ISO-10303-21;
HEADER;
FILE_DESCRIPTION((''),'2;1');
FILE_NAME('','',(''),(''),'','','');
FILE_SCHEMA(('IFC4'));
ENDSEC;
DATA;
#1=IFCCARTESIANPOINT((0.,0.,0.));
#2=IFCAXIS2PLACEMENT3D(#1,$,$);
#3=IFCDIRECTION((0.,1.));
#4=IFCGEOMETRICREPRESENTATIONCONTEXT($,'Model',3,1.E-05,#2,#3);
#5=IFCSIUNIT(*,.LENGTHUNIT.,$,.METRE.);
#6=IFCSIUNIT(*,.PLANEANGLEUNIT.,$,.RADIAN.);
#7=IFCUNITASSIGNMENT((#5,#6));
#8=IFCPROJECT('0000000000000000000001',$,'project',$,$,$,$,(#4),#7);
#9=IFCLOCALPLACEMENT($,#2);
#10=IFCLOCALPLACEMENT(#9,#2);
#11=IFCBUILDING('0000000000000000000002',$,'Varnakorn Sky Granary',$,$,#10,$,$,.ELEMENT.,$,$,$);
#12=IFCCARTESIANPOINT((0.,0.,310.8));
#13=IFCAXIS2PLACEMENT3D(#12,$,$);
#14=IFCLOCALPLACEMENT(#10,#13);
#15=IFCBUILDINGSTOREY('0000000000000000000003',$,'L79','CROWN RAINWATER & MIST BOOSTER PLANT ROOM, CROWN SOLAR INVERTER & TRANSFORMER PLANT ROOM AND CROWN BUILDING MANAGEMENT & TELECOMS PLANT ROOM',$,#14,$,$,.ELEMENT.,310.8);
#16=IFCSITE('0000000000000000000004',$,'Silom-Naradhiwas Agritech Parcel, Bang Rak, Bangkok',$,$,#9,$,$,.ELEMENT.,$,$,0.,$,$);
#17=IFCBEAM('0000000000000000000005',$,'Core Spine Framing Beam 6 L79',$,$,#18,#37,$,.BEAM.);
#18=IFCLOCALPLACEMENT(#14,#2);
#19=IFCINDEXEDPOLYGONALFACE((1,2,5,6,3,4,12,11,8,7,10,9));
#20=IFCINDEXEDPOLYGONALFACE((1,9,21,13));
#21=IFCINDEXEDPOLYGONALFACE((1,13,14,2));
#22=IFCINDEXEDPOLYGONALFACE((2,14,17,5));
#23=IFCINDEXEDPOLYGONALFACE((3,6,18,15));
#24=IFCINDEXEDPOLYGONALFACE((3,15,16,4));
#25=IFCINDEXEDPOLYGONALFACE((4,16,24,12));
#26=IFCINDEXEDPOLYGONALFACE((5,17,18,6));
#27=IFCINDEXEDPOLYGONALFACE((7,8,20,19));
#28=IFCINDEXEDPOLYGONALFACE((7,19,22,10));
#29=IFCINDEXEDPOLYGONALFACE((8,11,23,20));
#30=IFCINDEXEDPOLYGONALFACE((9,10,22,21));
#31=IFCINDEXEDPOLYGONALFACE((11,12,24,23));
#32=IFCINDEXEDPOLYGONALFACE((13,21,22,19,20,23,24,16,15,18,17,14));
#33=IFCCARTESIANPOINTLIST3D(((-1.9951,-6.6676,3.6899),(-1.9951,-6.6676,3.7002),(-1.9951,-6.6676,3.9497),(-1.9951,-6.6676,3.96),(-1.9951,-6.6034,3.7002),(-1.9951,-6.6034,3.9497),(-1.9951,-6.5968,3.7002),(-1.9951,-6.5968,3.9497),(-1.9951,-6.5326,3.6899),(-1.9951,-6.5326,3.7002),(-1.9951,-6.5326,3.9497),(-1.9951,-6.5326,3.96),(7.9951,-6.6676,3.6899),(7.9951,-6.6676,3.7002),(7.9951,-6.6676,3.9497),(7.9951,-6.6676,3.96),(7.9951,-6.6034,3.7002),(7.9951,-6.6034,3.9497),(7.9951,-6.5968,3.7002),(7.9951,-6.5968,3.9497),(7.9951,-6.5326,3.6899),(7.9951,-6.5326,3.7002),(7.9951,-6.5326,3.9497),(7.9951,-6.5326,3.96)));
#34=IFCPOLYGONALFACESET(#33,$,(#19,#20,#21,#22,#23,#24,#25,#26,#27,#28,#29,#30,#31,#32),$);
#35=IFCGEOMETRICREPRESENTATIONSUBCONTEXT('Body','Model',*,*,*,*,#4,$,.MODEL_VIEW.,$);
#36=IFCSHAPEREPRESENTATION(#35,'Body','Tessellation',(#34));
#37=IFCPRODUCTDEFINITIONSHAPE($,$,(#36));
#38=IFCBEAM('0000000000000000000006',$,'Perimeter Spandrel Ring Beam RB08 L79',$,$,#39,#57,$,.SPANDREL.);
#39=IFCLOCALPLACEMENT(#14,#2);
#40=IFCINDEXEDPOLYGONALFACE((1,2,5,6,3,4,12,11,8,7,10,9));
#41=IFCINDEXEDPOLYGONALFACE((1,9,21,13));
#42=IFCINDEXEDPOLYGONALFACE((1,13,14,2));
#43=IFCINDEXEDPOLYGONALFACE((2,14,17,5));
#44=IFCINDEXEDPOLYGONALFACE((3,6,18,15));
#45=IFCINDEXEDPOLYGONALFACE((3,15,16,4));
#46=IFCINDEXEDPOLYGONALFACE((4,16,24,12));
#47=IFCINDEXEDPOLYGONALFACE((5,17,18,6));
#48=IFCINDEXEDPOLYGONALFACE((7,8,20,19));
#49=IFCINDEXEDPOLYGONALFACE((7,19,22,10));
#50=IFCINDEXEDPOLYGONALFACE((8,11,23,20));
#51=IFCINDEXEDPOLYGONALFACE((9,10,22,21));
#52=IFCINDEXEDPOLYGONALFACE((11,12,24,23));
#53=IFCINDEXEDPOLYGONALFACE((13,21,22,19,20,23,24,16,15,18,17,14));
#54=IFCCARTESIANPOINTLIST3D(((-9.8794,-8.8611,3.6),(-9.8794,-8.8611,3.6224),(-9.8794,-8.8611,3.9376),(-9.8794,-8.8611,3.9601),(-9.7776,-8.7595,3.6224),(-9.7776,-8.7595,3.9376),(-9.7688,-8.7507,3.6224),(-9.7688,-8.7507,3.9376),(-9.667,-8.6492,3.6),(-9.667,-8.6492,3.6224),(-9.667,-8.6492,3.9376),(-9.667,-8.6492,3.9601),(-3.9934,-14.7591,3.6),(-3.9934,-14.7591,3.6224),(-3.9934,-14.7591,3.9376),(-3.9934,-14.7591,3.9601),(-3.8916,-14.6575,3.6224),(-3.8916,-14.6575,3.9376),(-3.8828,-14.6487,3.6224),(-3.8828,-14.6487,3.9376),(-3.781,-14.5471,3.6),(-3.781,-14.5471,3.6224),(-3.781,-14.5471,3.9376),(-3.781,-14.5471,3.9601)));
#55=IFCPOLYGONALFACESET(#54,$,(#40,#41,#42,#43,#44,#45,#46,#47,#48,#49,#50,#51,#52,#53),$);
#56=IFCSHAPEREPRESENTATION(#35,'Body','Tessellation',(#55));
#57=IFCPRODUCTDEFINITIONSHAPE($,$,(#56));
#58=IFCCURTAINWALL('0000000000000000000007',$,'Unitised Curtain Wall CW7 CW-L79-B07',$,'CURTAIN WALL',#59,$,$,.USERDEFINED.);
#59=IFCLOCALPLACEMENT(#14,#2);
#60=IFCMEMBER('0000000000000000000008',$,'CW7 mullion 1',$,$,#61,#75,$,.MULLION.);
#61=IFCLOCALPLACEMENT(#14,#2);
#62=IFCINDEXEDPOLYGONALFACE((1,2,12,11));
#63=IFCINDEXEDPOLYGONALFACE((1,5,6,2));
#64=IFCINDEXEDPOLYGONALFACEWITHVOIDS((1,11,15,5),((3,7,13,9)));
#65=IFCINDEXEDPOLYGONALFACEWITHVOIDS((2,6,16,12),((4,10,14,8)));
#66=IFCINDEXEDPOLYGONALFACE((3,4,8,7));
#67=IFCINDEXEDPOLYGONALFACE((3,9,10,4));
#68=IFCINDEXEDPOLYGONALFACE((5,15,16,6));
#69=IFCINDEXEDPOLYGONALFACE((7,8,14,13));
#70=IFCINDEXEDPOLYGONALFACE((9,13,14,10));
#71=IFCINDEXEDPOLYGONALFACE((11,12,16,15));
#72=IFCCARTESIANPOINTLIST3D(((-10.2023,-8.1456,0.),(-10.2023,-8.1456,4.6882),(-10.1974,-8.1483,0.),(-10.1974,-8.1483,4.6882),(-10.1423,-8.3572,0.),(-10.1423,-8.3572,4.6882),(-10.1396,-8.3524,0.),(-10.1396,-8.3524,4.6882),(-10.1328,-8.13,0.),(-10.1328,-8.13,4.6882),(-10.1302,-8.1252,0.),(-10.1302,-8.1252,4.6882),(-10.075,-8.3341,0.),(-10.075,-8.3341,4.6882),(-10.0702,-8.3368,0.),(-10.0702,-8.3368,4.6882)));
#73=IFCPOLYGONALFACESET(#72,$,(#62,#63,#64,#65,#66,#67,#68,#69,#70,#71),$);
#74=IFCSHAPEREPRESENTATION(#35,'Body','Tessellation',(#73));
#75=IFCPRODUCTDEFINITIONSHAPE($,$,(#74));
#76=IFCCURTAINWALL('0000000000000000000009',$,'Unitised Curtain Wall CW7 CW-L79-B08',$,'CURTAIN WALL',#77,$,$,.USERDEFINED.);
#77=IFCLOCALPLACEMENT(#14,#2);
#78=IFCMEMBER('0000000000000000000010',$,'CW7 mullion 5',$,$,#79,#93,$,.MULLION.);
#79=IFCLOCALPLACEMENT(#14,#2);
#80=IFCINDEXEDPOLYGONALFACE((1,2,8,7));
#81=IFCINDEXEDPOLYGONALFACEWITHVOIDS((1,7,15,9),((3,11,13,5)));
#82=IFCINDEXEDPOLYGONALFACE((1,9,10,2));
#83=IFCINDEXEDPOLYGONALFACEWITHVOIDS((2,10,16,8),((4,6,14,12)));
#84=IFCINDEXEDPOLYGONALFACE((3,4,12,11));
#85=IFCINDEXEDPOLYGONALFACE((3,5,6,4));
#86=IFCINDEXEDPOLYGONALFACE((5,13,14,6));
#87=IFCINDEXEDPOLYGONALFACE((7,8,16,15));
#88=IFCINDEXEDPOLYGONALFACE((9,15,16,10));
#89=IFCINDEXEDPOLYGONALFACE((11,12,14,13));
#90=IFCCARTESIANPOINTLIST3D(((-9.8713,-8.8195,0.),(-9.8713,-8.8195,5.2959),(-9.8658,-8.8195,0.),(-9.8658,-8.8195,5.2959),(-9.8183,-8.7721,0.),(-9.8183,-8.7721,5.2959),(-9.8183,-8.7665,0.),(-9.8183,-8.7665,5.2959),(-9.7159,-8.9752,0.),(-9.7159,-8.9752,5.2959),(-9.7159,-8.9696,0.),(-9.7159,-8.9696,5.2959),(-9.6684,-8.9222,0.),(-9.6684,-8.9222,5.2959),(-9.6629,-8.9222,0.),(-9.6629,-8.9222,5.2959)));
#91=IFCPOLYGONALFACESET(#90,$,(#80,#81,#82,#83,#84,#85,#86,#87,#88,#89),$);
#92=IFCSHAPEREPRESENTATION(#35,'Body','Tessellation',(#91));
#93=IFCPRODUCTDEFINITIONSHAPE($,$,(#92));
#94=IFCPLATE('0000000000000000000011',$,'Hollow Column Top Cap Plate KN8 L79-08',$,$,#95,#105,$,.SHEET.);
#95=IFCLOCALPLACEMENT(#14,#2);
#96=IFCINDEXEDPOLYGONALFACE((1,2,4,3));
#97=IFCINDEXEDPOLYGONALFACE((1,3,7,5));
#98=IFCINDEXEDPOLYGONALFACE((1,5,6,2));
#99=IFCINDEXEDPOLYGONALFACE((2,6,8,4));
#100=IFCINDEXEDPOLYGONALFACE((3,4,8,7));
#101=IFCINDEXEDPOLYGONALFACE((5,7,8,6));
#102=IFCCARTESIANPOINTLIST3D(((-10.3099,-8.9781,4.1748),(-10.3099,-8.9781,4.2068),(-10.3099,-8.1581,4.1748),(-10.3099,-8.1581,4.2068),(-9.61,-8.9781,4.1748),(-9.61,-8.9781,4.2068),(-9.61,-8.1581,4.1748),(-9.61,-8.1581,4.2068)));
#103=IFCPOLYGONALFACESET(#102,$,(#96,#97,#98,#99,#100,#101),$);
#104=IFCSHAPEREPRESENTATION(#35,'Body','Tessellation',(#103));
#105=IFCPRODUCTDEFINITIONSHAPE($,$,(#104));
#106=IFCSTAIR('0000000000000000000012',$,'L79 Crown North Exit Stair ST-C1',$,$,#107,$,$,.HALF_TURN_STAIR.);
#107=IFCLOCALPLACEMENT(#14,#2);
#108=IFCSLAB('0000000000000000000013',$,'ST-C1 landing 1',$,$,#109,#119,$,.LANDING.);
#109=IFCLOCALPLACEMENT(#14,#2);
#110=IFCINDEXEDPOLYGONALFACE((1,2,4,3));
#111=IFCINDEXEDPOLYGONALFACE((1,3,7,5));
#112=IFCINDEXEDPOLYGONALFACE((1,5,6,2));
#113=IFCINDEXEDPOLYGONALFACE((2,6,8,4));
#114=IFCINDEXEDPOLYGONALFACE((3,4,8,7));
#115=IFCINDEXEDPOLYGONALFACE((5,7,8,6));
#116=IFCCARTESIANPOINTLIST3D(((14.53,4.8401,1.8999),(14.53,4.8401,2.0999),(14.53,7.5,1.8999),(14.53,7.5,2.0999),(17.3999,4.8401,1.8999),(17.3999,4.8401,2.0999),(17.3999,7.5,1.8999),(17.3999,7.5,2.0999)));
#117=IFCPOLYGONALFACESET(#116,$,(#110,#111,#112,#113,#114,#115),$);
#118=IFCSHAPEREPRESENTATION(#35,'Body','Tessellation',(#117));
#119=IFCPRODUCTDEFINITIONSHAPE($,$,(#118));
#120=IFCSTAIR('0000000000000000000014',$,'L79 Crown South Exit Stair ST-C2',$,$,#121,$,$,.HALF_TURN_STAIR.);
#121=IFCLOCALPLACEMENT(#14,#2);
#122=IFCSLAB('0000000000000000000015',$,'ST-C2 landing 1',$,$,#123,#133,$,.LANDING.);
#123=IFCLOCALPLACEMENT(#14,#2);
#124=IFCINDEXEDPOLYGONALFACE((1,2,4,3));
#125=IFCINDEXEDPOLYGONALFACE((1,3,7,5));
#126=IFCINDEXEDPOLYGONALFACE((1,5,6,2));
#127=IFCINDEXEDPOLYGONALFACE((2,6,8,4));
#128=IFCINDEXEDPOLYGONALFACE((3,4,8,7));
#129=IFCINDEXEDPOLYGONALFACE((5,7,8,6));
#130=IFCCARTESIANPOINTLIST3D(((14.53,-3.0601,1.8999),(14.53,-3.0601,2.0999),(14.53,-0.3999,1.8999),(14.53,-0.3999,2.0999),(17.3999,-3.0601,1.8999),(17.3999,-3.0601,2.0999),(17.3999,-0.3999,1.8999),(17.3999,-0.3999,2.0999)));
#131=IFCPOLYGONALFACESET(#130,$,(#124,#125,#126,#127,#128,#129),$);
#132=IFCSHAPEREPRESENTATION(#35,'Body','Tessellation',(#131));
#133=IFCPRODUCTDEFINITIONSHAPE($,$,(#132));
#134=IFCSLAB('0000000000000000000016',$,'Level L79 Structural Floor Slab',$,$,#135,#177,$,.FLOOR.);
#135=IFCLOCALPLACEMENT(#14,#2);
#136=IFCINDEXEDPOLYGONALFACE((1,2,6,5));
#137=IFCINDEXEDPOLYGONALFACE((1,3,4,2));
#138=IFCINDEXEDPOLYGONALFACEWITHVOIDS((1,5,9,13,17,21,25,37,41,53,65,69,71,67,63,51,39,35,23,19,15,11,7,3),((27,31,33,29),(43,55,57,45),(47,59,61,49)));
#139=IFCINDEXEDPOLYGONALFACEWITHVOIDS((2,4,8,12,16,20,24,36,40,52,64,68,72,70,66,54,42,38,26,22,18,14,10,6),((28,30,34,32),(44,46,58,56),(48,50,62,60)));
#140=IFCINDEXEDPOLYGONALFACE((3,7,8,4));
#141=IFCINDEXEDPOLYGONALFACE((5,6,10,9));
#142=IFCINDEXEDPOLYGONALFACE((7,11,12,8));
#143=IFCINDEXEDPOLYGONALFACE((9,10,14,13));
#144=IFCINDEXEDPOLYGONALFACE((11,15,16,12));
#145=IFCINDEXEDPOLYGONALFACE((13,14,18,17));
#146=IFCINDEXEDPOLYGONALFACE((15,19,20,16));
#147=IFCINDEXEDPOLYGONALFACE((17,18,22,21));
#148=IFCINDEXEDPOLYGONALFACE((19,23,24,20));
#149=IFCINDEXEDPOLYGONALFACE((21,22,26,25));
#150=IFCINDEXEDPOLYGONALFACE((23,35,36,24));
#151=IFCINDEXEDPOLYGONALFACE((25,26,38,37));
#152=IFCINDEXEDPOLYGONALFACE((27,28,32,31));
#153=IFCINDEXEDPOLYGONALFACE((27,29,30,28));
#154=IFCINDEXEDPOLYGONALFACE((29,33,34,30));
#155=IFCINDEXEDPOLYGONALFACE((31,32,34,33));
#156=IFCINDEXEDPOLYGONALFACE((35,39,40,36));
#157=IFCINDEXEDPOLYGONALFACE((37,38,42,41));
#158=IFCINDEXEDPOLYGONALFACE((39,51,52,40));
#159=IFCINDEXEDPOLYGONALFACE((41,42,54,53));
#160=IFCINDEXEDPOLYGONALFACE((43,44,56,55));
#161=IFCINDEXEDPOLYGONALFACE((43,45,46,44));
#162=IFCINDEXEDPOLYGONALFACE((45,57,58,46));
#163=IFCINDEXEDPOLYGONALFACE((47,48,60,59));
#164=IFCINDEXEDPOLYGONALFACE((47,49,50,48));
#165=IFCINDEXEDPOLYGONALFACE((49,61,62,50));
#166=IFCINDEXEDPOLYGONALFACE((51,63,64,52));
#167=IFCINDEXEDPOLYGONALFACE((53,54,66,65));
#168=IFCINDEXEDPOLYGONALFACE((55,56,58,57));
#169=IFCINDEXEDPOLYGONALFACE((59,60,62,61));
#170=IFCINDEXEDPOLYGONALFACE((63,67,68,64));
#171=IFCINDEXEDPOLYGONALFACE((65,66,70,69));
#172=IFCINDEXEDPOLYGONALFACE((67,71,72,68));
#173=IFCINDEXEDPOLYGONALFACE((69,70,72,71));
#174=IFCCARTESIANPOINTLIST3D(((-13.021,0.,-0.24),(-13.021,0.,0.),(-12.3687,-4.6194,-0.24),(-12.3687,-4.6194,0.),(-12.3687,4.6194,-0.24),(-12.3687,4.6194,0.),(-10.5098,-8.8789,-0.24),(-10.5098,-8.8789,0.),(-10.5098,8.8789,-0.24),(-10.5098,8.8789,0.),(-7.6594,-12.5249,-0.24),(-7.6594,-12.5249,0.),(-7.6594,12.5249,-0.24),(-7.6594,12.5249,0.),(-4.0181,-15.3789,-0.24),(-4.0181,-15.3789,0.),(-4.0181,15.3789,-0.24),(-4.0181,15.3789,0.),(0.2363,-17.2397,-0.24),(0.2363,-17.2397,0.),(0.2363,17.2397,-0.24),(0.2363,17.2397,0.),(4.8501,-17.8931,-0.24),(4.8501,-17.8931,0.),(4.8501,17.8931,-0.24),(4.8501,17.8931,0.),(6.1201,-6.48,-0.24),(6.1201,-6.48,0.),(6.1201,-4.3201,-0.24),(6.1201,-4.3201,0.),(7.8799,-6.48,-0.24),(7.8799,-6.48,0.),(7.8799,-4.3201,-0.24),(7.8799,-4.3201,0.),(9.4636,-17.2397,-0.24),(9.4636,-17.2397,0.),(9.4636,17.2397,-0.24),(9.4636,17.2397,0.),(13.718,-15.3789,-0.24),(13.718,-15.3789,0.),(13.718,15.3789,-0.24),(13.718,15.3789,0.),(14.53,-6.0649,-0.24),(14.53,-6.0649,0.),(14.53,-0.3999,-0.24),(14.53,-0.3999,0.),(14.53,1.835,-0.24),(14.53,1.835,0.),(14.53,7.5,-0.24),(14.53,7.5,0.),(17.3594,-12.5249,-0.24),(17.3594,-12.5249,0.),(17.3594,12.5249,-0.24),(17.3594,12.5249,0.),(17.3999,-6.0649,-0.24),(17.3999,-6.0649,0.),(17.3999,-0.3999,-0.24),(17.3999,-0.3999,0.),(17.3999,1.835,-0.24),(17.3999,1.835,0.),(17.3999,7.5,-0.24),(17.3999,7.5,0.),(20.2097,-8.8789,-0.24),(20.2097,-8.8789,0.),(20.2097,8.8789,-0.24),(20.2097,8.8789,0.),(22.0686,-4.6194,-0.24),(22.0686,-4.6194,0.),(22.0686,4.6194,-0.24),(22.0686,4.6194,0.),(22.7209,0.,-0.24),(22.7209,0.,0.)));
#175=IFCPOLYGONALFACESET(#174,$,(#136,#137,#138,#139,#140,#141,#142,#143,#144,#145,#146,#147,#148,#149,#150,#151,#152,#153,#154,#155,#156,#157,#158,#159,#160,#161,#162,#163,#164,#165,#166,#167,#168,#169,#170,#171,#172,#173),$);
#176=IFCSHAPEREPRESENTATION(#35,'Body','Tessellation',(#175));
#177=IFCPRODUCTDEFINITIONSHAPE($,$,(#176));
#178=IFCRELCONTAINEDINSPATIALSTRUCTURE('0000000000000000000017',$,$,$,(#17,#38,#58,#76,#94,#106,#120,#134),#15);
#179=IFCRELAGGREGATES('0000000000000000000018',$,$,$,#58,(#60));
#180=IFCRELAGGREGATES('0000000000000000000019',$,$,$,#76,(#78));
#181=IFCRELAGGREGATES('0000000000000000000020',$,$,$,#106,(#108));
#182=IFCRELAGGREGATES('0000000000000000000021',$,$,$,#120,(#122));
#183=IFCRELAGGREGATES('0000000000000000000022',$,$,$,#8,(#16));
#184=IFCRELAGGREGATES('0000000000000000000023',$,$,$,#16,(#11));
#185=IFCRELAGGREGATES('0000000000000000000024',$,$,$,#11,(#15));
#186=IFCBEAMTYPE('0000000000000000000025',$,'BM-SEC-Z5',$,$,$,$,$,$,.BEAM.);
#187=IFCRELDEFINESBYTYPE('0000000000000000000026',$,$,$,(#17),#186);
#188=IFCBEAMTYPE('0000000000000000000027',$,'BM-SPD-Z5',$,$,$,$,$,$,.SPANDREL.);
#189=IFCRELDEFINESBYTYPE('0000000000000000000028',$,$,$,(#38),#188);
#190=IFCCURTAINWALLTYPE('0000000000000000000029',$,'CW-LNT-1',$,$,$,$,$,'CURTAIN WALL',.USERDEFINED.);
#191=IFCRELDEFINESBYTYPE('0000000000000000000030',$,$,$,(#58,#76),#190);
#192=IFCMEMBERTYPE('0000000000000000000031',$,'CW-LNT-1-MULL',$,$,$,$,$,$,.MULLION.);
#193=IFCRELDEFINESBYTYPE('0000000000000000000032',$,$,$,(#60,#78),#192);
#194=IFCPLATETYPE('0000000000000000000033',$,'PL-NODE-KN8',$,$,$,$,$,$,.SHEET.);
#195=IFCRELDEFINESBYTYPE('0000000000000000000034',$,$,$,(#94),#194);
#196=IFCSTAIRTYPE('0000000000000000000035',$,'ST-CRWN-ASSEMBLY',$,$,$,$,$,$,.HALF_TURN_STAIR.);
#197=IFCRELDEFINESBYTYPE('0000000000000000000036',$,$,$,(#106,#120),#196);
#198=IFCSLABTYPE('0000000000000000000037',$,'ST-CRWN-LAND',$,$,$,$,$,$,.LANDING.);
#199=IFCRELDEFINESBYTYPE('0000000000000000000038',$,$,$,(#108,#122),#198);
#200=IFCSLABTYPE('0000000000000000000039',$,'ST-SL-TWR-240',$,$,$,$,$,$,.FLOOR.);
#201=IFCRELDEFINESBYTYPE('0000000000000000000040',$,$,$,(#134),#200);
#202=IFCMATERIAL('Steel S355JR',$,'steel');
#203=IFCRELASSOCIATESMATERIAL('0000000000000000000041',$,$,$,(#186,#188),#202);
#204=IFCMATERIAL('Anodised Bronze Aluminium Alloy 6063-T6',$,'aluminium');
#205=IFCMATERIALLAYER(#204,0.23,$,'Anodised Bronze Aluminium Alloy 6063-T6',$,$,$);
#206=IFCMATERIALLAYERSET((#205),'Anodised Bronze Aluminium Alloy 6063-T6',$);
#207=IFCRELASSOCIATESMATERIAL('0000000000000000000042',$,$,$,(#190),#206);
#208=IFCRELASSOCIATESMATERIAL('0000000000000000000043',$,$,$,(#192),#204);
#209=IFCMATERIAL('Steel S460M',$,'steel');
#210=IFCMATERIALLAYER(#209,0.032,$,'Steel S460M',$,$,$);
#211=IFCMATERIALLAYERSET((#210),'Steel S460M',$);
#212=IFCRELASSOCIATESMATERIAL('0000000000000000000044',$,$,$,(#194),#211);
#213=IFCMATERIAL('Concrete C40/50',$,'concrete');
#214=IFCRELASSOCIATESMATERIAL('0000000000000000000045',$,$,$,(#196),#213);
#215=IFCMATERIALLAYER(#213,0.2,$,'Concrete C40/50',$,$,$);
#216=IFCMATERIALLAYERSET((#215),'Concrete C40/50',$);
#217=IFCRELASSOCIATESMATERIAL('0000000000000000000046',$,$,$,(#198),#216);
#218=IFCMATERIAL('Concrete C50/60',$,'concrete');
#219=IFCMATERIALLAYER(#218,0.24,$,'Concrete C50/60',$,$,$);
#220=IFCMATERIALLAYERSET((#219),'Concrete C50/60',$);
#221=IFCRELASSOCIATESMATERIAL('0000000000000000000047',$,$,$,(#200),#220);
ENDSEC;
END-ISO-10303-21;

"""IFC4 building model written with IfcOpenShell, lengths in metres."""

from ifc_helpers import new_model, si_unit, direction, frame, origin, origin_2d, place, context, subcontext, project, spatial, polyline, rectangle, hollow_rectangle, i_section, outline, extrude, material, layer, layer_set, material_profile, profile_set, type_object, element, aggregate, save


model = new_model("IFC4")

# Units and contexts
model_context = context("Model", 3, precision=1e-05, world=origin(), true_north=direction((0.0, 1.0)))
body_context = subcontext(model_context, "Body", "Model", "MODEL_VIEW")
ifc_project = project(units=[si_unit("LENGTHUNIT", "METRE"), si_unit("PLANEANGLEUNIT", "RADIAN")], contexts=[model_context])

# Site, building, storey
site_placement = place(None, origin())
site = spatial("IfcSite", under=ifc_project, at=site_placement, Name="Silom-Naradhiwas Agritech Parcel, Bang Rak, Bangkok", CompositionType="ELEMENT", RefElevation=0.0)
building_placement = place(site_placement, origin())
building = spatial("IfcBuilding", under=site, at=building_placement, Name="Varnakorn Sky Granary", CompositionType="ELEMENT")
storey_placement = place(building_placement, frame((0.0, 0.0, 310.8)))
storey = spatial("IfcBuildingStorey", under=building, at=storey_placement, Name="L79", Description="CROWN RAINWATER & MIST BOOSTER PLANT ROOM, CROWN SOLAR INVERTER & TRANSFORMER PLANT ROOM AND CROWN BUILDING MANAGEMENT & TELECOMS PLANT ROOM", CompositionType="ELEMENT", Elevation=310.8)

# Shared definitions
ifc_material_1 = material(Name="Steel S460M", Category="steel")
ifc_material_2 = material(Name="Concrete C50/60", Category="concrete")

# Beams
ifc_material_3 = material(Name="Steel S355JR", Category="steel")
ifc_material_profile_1 = material_profile(ifc_material_3, i_section(OverallWidth=0.135, OverallDepth=0.27, WebThickness=0.0066, FlangeThickness=0.0103, at=origin_2d()), Name="IPE 270")
ifc_profile_set_1 = profile_set([ifc_material_profile_1], Name="Steel S355JR")
beam_type_1 = type_object("IfcBeamType", Name="BM-SEC-Z5", PredefinedType="BEAM", material=ifc_profile_set_1)
beam_1_placement = place(storey_placement, frame((-1.9951, -6.6001, 3.825), z_axis=(1.0, 0.0, 0.0), x_axis=(0.0, 1.0, 0.0)))
element("IfcBeam", 1, at=beam_1_placement, inside=storey, type_object=beam_type_1, Name="Core Spine Framing Beam 6 L79", PredefinedType="BEAM", context=body_context, shape_type="SweptSolid", body=[
    extrude(i_section(OverallWidth=0.135, OverallDepth=0.27, WebThickness=0.0066, FlangeThickness=0.0103, at=origin_2d()), origin(), (0.0, 0.0, 1.0), 9.9902),
])
ifc_material_profile_2 = material_profile(ifc_material_3, i_section(OverallWidth=0.3, OverallDepth=0.3601, WebThickness=0.0125, FlangeThickness=0.0225, at=origin_2d()), Name="HE 360 B")
ifc_profile_set_2 = profile_set([ifc_material_profile_2], Name="Steel S355JR")
beam_type_2 = type_object("IfcBeamType", Name="BM-SPD-Z5", PredefinedType="SPANDREL", material=ifc_profile_set_2)
beam_2_placement = place(storey_placement, frame((-9.7732, -8.7551, 3.78), z_axis=(0.706389, -0.707824, 0.0), x_axis=(0.707824, 0.706389, 0.0)))
element("IfcBeam", 2, at=beam_2_placement, inside=storey, type_object=beam_type_2, Name="Perimeter Spandrel Ring Beam RB08 L79", PredefinedType="SPANDREL", context=body_context, shape_type="SweptSolid", body=[
    extrude(i_section(OverallWidth=0.3, OverallDepth=0.3601, WebThickness=0.0125, FlangeThickness=0.0225, at=origin_2d()), origin(), (0.0, 0.0, 1.0), 8.3325),
])

# Curtain walls, members
ifc_material_4 = material(Name="Anodised Bronze Aluminium Alloy 6063-T6", Category="aluminium")
ifc_layer_1 = layer(ifc_material_4, 0.23, Name="Anodised Bronze Aluminium Alloy 6063-T6")
ifc_layer_set_1 = layer_set([ifc_layer_1], Name="Anodised Bronze Aluminium Alloy 6063-T6")
curtain_wall_type = type_object("IfcCurtainWallType", Name="CW-LNT-1", ElementType="CURTAIN WALL", PredefinedType="USERDEFINED", material=ifc_layer_set_1)
curtain_wall_1_placement = place(storey_placement, origin())
curtain_wall_1 = element("IfcCurtainWall", 3, at=curtain_wall_1_placement, inside=storey, type_object=curtain_wall_type, Name="Unitised Curtain Wall CW7 CW-L79-B07", ObjectType="CURTAIN WALL", PredefinedType="USERDEFINED")
ifc_material_profile_3 = material_profile(ifc_material_4, hollow_rectangle(XDim=0.075, YDim=0.22, WallThickness=0.0039, at=origin_2d()), Name="ALU MULL 75x220")
ifc_profile_set_3 = profile_set([ifc_material_profile_3], Name="Anodised Bronze Aluminium Alloy 6063-T6")
member_type = type_object("IfcMemberType", Name="CW-LNT-1-MULL", PredefinedType="MULLION", material=ifc_profile_set_3)
member_1_placement = place(storey_placement, frame((-10.1362, -8.2412, 0.0), z_axis=(0.0, 0.0, 1.0), x_axis=(-0.962134, -0.272577, 0.0)))
member_1 = element("IfcMember", 4, at=member_1_placement, type_object=member_type, Name="CW7 mullion 1", PredefinedType="MULLION", context=body_context, shape_type="SweptSolid", body=[
    extrude(hollow_rectangle(XDim=0.075, YDim=0.22, WallThickness=0.0039, at=origin_2d()), origin(), (0.0, 0.0, 1.0), 4.6882),
])
aggregate(curtain_wall_1, [member_1])
curtain_wall_2_placement = place(storey_placement, origin())
curtain_wall_2 = element("IfcCurtainWall", 5, at=curtain_wall_2_placement, inside=storey, type_object=curtain_wall_type, Name="Unitised Curtain Wall CW7 CW-L79-B08", ObjectType="CURTAIN WALL", PredefinedType="USERDEFINED")
member_2_placement = place(storey_placement, frame((-9.7671, -8.8708, 0.0), z_axis=(0.0, 0.0, 1.0), x_axis=(-0.707563, -0.706651, 0.0)))
member_2 = element("IfcMember", 6, at=member_2_placement, type_object=member_type, Name="CW7 mullion 5", PredefinedType="MULLION", context=body_context, shape_type="SweptSolid", body=[
    extrude(hollow_rectangle(XDim=0.075, YDim=0.22, WallThickness=0.0039, at=origin_2d()), origin(), (0.0, 0.0, 1.0), 5.2959),
])
aggregate(curtain_wall_2, [member_2])

# Plate
ifc_layer_2 = layer(ifc_material_1, 0.032, Name="Steel S460M")
ifc_layer_set_2 = layer_set([ifc_layer_2], Name="Steel S460M")
plate_type = type_object("IfcPlateType", Name="PL-NODE-KN8", PredefinedType="SHEET", material=ifc_layer_set_2)
plate_placement = place(storey_placement, frame((-9.96, -8.5681, 4.1748), z_axis=(0.0, 0.0, 1.0), x_axis=(1.0, 0.0, 0.0)))
element("IfcPlate", 7, at=plate_placement, inside=storey, type_object=plate_type, Name="Hollow Column Top Cap Plate KN8 L79-08", PredefinedType="SHEET", context=body_context, shape_type="SweptSolid", body=[
    extrude(rectangle(XDim=0.7, YDim=0.8201, at=origin_2d()), origin(), (0.0, 0.0, 1.0), 0.032),
])

# Stairs, slabs
ifc_material_5 = material(Name="Concrete C40/50", Category="concrete")
stair_type = type_object("IfcStairType", Name="ST-CRWN-ASSEMBLY", PredefinedType="HALF_TURN_STAIR", material=ifc_material_5)
stair_1_placement = place(storey_placement, origin())
stair_1 = element("IfcStair", 8, at=stair_1_placement, inside=storey, type_object=stair_type, Name="L79 Crown North Exit Stair ST-C1", PredefinedType="HALF_TURN_STAIR")
ifc_layer_3 = layer(ifc_material_5, 0.2, Name="Concrete C40/50")
ifc_layer_set_3 = layer_set([ifc_layer_3], Name="Concrete C40/50")
slab_type_1 = type_object("IfcSlabType", Name="ST-CRWN-LAND", PredefinedType="LANDING", material=ifc_layer_set_3)
slab_1_placement = place(storey_placement, frame((0.0, 0.0, 1.8999)))
slab_1 = element("IfcSlab", 9, at=slab_1_placement, type_object=slab_type_1, Name="ST-C1 landing 1", PredefinedType="LANDING", context=body_context, shape_type="SweptSolid", body=[
    extrude(outline(polyline([(17.3999, 4.8401), (17.3999, 7.5), (14.53, 7.5), (14.53, 4.8401), (17.3999, 4.8401)])), origin(), (0.0, 0.0, 1.0), 0.2),
])
aggregate(stair_1, [slab_1])
stair_2_placement = place(storey_placement, origin())
stair_2 = element("IfcStair", 10, at=stair_2_placement, inside=storey, type_object=stair_type, Name="L79 Crown South Exit Stair ST-C2", PredefinedType="HALF_TURN_STAIR")
slab_2_placement = place(storey_placement, frame((0.0, 0.0, 1.8999)))
slab_2 = element("IfcSlab", 11, at=slab_2_placement, type_object=slab_type_1, Name="ST-C2 landing 1", PredefinedType="LANDING", context=body_context, shape_type="SweptSolid", body=[
    extrude(outline(polyline([(17.3999, -3.0601), (17.3999, -0.3999), (14.53, -0.3999), (14.53, -3.0601), (17.3999, -3.0601)])), origin(), (0.0, 0.0, 1.0), 0.2),
])
aggregate(stair_2, [slab_2])

# Slab
ifc_layer_4 = layer(ifc_material_2, 0.24, Name="Concrete C50/60")
ifc_layer_set_4 = layer_set([ifc_layer_4], Name="Concrete C50/60")
slab_type_2 = type_object("IfcSlabType", Name="ST-SL-TWR-240", PredefinedType="FLOOR", material=ifc_layer_set_4)
slab_3_placement = place(storey_placement, frame((0.0, 0.0, -0.24)))
element("IfcSlab", 12, at=slab_3_placement, inside=storey, type_object=slab_type_2, Name="Level L79 Structural Floor Slab", PredefinedType="FLOOR", context=body_context, shape_type="SweptSolid", body=[
    extrude(outline(polyline([(22.7209, 0.0), (22.0686, 4.6194), (20.2097, 8.8789), (17.3594, 12.5249), (13.718, 15.3789), (9.4636, 17.2397), (4.8501, 17.8931), (0.2363, 17.2397), (-4.0181, 15.3789), (-7.6594, 12.5249), (-10.5098, 8.8789), (-12.3687, 4.6194), (-13.021, 0.0), (-12.3687, -4.6194), (-10.5098, -8.8789), (-7.6594, -12.5249), (-4.0181, -15.3789), (0.2363, -17.2397), (4.8501, -17.8931), (9.4636, -17.2397), (13.718, -15.3789), (17.3594, -12.5249), (20.2097, -8.8789), (22.0686, -4.6194), (22.7209, 0.0)]), holes=[polyline([(17.3999, 1.835), (17.3999, 7.5), (14.53, 7.5), (14.53, 1.835), (17.3999, 1.835)]), polyline([(17.3999, -6.0649), (17.3999, -0.3999), (14.53, -0.3999), (14.53, -6.0649), (17.3999, -6.0649)]), polyline([(6.1201, -6.48), (7.8799, -6.48), (7.8799, -4.3201), (6.1201, -4.3201), (6.1201, -6.48)])]), origin(), (0.0, 0.0, 1.0), 0.24),
])

save(model, "model.ifc")
